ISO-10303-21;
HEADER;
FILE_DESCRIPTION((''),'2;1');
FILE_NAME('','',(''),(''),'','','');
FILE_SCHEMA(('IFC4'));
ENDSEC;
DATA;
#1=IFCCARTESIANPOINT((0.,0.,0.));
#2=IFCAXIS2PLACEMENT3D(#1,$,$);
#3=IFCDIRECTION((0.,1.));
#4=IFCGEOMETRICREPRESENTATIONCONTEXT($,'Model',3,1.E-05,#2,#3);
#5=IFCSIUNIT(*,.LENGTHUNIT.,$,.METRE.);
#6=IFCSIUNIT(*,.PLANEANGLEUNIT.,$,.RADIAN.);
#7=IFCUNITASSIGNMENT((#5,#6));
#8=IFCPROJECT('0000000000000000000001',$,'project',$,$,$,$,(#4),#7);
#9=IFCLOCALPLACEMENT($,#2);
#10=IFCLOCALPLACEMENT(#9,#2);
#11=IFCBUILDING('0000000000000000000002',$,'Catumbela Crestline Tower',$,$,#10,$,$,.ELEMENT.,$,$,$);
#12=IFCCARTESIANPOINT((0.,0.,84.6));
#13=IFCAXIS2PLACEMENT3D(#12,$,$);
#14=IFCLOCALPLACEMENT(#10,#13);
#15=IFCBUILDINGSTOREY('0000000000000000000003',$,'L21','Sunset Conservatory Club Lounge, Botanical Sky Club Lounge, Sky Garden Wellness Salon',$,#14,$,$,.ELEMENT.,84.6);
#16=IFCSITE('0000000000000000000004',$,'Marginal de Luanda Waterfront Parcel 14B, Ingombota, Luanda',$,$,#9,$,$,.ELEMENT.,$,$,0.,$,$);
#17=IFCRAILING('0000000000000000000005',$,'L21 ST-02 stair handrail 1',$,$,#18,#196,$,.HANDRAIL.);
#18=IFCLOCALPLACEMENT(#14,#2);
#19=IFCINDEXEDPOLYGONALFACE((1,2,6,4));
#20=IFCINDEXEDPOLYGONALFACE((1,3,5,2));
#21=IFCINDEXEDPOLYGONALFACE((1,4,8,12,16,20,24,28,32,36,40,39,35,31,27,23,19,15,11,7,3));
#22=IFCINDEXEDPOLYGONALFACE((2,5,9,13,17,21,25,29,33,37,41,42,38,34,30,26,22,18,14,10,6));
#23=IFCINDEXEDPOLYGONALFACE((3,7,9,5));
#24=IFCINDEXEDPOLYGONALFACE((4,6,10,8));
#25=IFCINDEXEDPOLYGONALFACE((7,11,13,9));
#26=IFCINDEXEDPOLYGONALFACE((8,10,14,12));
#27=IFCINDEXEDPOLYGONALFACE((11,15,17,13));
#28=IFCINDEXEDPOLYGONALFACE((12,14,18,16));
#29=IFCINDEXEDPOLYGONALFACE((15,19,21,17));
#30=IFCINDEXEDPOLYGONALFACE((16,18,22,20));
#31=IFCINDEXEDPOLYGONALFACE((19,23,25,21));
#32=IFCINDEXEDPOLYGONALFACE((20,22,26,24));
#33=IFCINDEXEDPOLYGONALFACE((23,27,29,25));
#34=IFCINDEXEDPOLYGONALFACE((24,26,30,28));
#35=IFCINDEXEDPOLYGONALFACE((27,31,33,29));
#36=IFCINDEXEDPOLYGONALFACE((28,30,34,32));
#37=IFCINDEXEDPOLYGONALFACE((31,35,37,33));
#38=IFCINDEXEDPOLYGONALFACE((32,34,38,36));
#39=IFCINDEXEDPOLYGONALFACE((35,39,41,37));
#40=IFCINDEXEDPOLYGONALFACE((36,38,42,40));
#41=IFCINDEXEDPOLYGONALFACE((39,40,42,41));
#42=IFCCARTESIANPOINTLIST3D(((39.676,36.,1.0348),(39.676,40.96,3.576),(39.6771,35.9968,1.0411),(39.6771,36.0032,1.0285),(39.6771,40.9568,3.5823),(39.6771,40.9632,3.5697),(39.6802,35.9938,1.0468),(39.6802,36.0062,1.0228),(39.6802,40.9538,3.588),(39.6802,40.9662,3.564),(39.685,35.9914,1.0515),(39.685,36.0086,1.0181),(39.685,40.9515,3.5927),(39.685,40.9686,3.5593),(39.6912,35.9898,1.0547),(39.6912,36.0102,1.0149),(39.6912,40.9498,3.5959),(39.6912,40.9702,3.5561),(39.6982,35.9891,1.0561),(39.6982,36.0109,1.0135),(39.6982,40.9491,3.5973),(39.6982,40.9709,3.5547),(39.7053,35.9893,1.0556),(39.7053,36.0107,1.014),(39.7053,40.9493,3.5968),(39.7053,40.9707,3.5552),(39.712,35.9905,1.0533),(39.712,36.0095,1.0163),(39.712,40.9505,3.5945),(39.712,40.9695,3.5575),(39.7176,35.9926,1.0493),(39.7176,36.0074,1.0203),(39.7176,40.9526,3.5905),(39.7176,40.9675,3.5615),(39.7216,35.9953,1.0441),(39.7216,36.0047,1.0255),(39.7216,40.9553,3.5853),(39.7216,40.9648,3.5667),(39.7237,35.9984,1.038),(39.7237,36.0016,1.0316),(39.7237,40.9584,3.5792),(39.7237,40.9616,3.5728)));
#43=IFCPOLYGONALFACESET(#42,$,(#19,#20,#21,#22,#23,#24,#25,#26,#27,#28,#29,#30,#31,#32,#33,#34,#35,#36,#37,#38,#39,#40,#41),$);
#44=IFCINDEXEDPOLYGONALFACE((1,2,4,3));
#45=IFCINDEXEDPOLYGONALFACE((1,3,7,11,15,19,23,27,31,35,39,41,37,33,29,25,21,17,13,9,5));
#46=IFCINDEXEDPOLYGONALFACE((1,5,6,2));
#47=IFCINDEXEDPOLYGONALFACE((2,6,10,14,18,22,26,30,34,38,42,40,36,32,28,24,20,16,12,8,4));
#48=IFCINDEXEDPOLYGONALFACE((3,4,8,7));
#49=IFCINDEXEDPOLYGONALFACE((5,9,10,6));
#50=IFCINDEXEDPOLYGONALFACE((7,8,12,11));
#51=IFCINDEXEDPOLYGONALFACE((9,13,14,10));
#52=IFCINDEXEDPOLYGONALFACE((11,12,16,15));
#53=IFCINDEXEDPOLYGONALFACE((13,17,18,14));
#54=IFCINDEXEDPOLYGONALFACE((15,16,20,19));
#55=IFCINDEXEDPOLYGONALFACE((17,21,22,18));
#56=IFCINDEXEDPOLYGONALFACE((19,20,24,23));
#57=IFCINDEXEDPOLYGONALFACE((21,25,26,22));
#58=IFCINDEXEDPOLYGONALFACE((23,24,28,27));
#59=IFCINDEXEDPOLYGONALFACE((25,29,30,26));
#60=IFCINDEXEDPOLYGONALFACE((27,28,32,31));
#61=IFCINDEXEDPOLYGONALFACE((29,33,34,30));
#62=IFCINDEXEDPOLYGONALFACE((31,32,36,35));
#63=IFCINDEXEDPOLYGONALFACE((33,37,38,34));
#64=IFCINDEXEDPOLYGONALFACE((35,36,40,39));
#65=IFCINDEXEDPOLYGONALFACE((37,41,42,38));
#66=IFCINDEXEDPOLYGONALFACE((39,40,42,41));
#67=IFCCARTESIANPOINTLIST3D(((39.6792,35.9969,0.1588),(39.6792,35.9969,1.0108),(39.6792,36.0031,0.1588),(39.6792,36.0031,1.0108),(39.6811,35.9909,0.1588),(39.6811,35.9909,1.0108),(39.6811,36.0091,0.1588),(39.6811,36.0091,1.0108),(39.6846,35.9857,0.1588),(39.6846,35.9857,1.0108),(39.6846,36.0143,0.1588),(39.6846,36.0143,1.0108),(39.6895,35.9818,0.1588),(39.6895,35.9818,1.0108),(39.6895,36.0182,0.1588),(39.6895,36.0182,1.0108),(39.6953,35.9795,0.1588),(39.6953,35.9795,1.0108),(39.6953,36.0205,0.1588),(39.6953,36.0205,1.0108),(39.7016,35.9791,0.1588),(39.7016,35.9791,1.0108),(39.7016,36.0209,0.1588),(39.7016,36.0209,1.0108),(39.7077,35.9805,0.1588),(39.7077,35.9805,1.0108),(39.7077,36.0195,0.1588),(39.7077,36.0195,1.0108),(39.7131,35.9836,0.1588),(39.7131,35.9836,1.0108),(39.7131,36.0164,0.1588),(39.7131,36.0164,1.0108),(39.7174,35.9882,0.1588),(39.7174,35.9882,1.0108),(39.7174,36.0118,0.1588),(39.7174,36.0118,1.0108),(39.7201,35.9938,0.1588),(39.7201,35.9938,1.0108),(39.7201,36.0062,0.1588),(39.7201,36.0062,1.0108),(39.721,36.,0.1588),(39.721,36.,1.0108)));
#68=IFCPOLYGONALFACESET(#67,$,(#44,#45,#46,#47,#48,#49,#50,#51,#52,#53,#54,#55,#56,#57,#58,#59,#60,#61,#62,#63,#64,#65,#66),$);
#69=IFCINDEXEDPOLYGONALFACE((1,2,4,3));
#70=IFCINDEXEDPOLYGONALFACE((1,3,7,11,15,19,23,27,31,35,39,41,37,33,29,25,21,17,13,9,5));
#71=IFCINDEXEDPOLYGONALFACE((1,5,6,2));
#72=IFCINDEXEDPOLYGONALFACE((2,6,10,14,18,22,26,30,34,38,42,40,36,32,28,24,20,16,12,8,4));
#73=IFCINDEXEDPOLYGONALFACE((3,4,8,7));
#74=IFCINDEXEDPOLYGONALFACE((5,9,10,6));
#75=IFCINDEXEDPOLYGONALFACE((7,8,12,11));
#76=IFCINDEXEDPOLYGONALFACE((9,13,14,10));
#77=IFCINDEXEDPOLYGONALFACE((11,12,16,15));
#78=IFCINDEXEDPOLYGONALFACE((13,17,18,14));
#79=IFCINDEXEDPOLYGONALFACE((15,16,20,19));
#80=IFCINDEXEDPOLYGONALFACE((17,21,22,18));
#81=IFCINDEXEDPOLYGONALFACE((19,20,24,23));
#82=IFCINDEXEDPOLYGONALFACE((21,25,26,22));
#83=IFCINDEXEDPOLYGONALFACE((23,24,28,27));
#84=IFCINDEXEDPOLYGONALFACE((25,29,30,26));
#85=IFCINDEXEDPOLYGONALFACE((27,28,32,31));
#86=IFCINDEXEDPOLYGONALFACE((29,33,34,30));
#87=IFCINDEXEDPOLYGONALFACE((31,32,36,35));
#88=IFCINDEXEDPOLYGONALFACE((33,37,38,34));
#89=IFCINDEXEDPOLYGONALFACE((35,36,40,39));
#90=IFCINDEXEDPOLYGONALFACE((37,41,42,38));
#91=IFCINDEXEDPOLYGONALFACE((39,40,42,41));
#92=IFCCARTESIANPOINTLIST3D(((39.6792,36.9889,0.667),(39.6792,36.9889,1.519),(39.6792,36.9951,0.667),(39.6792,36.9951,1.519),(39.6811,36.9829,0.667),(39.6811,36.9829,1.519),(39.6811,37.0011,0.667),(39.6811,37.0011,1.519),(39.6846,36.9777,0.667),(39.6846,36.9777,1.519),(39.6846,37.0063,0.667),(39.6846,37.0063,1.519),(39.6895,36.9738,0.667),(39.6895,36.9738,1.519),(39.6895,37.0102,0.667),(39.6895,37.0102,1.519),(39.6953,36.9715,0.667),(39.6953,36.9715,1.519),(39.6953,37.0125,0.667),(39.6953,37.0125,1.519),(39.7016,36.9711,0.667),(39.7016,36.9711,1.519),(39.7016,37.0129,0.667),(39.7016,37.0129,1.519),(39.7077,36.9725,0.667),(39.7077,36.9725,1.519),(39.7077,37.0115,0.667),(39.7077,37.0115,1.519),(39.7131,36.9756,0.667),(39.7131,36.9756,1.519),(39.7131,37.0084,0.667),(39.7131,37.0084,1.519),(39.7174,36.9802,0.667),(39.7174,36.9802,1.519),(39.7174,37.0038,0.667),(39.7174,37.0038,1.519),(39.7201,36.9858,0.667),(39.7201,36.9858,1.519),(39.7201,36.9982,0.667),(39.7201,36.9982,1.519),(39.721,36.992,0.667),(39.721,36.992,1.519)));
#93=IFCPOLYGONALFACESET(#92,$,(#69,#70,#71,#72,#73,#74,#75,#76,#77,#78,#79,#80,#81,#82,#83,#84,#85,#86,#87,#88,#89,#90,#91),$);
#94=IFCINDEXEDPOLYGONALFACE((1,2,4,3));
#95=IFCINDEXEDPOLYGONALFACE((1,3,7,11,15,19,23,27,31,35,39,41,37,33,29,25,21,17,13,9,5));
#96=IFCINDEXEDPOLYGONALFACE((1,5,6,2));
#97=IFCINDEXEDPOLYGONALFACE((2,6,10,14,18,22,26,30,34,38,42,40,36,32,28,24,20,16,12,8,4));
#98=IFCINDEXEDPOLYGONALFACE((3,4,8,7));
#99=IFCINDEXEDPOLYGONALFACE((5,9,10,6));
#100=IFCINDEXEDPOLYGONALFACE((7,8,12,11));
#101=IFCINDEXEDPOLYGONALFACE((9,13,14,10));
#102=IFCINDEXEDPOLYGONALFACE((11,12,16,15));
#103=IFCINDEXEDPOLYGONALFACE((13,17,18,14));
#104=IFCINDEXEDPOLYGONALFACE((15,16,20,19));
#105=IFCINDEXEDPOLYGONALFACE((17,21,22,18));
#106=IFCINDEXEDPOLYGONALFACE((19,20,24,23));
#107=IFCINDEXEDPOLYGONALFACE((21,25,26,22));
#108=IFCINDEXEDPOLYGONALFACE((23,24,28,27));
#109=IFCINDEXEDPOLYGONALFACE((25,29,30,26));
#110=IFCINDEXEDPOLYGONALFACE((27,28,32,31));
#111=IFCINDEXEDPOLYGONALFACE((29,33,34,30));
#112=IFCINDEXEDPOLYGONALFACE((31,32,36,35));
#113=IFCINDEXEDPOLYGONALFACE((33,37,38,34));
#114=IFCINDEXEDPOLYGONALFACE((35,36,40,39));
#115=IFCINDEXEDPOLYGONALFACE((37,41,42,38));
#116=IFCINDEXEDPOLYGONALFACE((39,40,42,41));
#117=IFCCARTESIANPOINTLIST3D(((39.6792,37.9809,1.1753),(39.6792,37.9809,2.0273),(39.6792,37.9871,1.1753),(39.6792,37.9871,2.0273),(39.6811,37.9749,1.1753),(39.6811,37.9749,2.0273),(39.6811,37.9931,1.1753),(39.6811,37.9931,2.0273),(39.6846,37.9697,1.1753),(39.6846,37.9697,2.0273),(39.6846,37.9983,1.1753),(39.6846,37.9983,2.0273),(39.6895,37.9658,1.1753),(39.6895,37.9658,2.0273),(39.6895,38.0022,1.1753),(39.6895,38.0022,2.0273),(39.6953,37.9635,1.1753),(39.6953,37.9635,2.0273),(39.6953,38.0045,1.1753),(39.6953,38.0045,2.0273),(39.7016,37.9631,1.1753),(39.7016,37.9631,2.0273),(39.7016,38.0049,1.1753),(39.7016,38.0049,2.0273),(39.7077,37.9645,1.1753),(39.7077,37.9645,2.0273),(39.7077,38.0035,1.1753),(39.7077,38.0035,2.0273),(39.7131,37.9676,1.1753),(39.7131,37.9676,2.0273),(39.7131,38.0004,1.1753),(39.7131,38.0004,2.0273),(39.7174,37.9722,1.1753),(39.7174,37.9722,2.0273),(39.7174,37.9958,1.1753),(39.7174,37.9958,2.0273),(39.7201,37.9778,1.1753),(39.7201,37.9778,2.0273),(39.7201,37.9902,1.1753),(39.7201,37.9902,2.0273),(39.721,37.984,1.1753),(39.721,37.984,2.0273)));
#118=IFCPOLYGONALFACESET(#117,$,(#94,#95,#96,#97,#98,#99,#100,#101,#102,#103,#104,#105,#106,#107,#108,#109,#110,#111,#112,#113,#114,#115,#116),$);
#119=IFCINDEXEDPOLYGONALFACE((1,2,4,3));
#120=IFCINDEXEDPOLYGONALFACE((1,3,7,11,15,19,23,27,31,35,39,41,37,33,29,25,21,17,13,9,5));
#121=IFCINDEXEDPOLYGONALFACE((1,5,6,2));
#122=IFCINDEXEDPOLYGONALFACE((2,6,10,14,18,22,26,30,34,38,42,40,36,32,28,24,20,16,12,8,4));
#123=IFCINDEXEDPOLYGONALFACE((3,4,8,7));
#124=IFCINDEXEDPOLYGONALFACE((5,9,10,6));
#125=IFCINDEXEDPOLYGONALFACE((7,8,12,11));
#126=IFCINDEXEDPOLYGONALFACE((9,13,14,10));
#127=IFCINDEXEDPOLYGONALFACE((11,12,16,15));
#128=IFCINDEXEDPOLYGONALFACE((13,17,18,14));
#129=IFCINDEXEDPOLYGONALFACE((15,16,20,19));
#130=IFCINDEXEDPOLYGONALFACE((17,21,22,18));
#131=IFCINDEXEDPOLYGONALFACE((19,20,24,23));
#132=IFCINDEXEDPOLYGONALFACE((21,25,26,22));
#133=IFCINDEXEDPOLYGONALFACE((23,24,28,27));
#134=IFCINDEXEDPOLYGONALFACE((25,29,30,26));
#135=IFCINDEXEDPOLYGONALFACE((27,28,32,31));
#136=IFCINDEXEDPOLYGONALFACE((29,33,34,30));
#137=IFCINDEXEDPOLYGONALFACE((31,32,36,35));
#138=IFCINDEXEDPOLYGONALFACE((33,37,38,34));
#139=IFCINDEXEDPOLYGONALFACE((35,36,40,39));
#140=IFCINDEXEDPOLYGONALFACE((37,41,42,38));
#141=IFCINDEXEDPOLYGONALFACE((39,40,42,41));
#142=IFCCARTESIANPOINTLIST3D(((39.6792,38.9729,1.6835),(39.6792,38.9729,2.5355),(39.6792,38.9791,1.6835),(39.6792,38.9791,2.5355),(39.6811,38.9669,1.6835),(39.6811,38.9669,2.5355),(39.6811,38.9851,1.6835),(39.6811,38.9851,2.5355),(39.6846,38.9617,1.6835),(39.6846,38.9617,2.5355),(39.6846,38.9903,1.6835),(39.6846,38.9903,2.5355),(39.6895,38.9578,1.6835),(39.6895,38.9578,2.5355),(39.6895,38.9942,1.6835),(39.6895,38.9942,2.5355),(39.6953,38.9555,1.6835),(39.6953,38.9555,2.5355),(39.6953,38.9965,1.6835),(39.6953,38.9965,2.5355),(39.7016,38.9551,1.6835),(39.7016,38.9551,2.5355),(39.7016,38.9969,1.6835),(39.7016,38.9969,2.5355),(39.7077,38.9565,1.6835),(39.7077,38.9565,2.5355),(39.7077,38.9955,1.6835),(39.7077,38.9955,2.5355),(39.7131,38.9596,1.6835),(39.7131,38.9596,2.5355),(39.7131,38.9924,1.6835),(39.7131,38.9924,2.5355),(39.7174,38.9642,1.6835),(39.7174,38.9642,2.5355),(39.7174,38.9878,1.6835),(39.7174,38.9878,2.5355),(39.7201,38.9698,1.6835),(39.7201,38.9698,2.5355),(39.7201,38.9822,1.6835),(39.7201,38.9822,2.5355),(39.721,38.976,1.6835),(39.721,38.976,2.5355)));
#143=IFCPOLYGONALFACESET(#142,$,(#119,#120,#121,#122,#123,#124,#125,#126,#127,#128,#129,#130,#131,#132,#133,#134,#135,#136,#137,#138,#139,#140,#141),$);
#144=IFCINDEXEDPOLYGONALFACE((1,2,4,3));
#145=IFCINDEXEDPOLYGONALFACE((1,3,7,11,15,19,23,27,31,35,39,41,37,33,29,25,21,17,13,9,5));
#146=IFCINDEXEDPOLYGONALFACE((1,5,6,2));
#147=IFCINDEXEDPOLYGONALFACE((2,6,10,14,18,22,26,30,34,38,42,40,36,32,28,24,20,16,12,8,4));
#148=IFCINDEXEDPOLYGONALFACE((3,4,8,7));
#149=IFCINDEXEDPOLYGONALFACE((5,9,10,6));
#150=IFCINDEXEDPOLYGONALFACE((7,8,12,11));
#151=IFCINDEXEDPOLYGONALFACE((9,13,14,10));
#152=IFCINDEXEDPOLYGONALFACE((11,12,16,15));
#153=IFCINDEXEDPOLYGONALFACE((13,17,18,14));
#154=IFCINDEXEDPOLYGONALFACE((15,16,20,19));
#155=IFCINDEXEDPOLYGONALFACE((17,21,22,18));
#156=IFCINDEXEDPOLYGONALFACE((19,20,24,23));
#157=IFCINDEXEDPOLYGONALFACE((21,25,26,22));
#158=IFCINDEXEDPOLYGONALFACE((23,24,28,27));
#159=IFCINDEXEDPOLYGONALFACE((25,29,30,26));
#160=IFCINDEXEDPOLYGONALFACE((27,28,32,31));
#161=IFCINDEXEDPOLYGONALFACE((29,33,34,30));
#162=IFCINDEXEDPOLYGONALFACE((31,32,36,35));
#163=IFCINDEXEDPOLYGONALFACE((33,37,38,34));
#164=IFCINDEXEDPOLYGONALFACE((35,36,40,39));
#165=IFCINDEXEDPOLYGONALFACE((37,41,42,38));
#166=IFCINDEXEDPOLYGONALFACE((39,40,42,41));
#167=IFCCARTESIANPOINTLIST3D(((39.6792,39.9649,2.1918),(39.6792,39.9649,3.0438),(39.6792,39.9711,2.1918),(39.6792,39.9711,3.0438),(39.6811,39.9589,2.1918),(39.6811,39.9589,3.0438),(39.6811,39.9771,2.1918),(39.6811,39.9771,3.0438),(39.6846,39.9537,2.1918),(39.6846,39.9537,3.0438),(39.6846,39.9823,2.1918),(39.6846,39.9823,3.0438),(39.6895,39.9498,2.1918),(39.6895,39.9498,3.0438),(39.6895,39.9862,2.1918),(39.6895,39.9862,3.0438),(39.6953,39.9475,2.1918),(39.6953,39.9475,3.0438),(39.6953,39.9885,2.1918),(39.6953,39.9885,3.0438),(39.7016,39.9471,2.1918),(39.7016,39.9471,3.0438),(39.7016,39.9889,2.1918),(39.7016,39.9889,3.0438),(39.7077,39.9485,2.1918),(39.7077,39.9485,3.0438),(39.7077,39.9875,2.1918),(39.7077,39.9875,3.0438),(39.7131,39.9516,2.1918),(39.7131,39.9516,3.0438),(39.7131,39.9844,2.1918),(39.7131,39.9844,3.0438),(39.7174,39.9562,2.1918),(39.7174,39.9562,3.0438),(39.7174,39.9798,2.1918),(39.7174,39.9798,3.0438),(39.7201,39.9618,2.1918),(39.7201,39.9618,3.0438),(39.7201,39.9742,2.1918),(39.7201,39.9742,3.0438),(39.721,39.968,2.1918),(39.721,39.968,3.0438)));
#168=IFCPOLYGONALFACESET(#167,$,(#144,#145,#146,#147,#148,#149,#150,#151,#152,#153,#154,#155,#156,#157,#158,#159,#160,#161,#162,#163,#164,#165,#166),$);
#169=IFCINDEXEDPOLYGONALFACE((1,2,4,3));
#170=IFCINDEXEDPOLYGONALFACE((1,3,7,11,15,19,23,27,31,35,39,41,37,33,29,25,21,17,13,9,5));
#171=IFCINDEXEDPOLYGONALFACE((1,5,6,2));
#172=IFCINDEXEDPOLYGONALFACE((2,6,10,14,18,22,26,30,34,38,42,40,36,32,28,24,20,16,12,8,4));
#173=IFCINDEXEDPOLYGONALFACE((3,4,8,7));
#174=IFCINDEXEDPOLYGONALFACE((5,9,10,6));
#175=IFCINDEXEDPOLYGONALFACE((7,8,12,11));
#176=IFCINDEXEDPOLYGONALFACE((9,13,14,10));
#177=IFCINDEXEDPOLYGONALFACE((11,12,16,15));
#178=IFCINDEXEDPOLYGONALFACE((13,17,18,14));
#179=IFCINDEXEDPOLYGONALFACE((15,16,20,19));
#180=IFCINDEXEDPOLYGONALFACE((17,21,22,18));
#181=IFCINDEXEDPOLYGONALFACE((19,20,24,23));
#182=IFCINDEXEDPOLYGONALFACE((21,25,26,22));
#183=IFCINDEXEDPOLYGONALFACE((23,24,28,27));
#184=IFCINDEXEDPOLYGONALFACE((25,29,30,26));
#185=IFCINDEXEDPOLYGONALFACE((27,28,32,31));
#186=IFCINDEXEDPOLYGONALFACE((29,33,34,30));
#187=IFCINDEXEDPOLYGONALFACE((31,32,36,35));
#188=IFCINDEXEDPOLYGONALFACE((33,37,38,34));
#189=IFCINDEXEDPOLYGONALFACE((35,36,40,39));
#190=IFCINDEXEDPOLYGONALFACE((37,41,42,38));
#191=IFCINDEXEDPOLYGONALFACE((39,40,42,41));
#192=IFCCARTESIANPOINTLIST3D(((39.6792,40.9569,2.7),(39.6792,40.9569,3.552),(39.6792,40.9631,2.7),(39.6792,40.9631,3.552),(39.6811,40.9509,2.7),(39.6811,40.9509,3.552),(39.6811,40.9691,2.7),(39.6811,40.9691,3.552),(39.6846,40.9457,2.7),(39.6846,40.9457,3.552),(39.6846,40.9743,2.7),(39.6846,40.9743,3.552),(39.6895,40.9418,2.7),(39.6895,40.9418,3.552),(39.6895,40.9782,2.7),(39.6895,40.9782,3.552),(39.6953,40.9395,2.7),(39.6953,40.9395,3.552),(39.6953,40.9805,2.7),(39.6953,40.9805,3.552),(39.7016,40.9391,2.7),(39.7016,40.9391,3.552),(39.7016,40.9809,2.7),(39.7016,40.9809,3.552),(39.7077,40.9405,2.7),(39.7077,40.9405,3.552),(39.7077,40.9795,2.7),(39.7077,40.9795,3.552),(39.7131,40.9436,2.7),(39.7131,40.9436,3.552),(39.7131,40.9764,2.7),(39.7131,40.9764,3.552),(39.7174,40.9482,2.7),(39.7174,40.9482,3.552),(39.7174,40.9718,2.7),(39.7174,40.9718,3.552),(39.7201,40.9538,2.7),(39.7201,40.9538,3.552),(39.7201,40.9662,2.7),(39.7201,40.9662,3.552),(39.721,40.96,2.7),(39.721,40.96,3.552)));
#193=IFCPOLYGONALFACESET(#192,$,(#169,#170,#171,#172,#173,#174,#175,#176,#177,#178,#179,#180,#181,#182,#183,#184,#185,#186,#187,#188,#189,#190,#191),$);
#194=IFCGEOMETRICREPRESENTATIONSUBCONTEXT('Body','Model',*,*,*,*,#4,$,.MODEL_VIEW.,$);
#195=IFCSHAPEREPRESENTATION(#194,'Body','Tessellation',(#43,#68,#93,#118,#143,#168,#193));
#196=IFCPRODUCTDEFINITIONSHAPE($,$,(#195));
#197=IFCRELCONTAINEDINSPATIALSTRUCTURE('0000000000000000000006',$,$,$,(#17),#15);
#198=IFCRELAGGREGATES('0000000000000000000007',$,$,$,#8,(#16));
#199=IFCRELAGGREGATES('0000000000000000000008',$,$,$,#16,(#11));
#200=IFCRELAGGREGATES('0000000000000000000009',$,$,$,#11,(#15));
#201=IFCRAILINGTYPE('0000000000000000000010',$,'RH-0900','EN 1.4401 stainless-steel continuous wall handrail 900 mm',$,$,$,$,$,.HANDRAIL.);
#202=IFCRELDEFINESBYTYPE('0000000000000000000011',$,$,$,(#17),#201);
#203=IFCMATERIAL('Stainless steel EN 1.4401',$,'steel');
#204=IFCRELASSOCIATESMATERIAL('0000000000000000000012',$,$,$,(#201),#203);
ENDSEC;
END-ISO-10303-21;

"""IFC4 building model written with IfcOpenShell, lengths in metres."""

from ifc_helpers import new_model, si_unit, direction, frame, origin, origin_2d, place, context, subcontext, project, spatial, circle, extrude, material, type_object, element, save


model = new_model("IFC4")

# Units and contexts
model_context = context("Model", 3, precision=1e-05, world=origin(), true_north=direction((0.0, 1.0)))
body_context = subcontext(model_context, "Body", "Model", "MODEL_VIEW")
ifc_project = project(units=[si_unit("LENGTHUNIT", "METRE"), si_unit("PLANEANGLEUNIT", "RADIAN")], contexts=[model_context])

# Site, building, storey
site_placement = place(None, origin())
site = spatial("IfcSite", under=ifc_project, at=site_placement, Name="Marginal de Luanda Waterfront Parcel 14B, Ingombota, Luanda", CompositionType="ELEMENT", RefElevation=0.0)
building_placement = place(site_placement, origin())
building = spatial("IfcBuilding", under=site, at=building_placement, Name="Catumbela Crestline Tower", CompositionType="ELEMENT")
storey_placement = place(building_placement, frame((0.0, 0.0, 84.6)))
storey = spatial("IfcBuildingStorey", under=building, at=storey_placement, Name="L21", Description="Sunset Conservatory Club Lounge, Botanical Sky Club Lounge, Sky Garden Wellness Salon", CompositionType="ELEMENT", Elevation=84.6)

# Shared definitions
ifc_material_1 = material(Name="Stainless steel EN 1.4401", Category="steel")

# Railing
railing_type_1 = type_object("IfcRailingType", Name="RH-0900", Description="EN 1.4401 stainless-steel continuous wall handrail 900 mm", PredefinedType="HANDRAIL", material=ifc_material_1)
railing_1_placement = place(storey_placement, frame((39.7, 36.0, 0.1588)))
element("IfcRailing", 1, at=railing_1_placement, inside=storey, type_object=railing_type_1, Name="L21 ST-02 stair handrail 1", PredefinedType="HANDRAIL", context=body_context, shape_type="SweptSolid", body=[
    extrude(circle(Radius=0.024, at=origin_2d()), frame((0.0, 0.0, 0.876), z_axis=(0.0, 0.889992, 0.455977), x_axis=(-1.0, 0.0, 0.0)), (0.0, 0.0, 1.0), 5.5731),
    extrude(circle(Radius=0.021, at=origin_2d()), origin(), (0.0, 0.0, 1.0), 0.852),
    extrude(circle(Radius=0.021, at=origin_2d()), frame((0.0, 0.992, 0.5082)), (0.0, 0.0, 1.0), 0.852),
    extrude(circle(Radius=0.021, at=origin_2d()), frame((0.0, 1.984, 1.0165)), (0.0, 0.0, 1.0), 0.852),
    extrude(circle(Radius=0.021, at=origin_2d()), frame((0.0, 2.976, 1.5247)), (0.0, 0.0, 1.0), 0.852),
    extrude(circle(Radius=0.021, at=origin_2d()), frame((0.0, 3.968, 2.033)), (0.0, 0.0, 1.0), 0.852),
    extrude(circle(Radius=0.021, at=origin_2d()), frame((0.0, 4.96, 2.5412)), (0.0, 0.0, 1.0), 0.852),
])

save(model, "model.ifc")
